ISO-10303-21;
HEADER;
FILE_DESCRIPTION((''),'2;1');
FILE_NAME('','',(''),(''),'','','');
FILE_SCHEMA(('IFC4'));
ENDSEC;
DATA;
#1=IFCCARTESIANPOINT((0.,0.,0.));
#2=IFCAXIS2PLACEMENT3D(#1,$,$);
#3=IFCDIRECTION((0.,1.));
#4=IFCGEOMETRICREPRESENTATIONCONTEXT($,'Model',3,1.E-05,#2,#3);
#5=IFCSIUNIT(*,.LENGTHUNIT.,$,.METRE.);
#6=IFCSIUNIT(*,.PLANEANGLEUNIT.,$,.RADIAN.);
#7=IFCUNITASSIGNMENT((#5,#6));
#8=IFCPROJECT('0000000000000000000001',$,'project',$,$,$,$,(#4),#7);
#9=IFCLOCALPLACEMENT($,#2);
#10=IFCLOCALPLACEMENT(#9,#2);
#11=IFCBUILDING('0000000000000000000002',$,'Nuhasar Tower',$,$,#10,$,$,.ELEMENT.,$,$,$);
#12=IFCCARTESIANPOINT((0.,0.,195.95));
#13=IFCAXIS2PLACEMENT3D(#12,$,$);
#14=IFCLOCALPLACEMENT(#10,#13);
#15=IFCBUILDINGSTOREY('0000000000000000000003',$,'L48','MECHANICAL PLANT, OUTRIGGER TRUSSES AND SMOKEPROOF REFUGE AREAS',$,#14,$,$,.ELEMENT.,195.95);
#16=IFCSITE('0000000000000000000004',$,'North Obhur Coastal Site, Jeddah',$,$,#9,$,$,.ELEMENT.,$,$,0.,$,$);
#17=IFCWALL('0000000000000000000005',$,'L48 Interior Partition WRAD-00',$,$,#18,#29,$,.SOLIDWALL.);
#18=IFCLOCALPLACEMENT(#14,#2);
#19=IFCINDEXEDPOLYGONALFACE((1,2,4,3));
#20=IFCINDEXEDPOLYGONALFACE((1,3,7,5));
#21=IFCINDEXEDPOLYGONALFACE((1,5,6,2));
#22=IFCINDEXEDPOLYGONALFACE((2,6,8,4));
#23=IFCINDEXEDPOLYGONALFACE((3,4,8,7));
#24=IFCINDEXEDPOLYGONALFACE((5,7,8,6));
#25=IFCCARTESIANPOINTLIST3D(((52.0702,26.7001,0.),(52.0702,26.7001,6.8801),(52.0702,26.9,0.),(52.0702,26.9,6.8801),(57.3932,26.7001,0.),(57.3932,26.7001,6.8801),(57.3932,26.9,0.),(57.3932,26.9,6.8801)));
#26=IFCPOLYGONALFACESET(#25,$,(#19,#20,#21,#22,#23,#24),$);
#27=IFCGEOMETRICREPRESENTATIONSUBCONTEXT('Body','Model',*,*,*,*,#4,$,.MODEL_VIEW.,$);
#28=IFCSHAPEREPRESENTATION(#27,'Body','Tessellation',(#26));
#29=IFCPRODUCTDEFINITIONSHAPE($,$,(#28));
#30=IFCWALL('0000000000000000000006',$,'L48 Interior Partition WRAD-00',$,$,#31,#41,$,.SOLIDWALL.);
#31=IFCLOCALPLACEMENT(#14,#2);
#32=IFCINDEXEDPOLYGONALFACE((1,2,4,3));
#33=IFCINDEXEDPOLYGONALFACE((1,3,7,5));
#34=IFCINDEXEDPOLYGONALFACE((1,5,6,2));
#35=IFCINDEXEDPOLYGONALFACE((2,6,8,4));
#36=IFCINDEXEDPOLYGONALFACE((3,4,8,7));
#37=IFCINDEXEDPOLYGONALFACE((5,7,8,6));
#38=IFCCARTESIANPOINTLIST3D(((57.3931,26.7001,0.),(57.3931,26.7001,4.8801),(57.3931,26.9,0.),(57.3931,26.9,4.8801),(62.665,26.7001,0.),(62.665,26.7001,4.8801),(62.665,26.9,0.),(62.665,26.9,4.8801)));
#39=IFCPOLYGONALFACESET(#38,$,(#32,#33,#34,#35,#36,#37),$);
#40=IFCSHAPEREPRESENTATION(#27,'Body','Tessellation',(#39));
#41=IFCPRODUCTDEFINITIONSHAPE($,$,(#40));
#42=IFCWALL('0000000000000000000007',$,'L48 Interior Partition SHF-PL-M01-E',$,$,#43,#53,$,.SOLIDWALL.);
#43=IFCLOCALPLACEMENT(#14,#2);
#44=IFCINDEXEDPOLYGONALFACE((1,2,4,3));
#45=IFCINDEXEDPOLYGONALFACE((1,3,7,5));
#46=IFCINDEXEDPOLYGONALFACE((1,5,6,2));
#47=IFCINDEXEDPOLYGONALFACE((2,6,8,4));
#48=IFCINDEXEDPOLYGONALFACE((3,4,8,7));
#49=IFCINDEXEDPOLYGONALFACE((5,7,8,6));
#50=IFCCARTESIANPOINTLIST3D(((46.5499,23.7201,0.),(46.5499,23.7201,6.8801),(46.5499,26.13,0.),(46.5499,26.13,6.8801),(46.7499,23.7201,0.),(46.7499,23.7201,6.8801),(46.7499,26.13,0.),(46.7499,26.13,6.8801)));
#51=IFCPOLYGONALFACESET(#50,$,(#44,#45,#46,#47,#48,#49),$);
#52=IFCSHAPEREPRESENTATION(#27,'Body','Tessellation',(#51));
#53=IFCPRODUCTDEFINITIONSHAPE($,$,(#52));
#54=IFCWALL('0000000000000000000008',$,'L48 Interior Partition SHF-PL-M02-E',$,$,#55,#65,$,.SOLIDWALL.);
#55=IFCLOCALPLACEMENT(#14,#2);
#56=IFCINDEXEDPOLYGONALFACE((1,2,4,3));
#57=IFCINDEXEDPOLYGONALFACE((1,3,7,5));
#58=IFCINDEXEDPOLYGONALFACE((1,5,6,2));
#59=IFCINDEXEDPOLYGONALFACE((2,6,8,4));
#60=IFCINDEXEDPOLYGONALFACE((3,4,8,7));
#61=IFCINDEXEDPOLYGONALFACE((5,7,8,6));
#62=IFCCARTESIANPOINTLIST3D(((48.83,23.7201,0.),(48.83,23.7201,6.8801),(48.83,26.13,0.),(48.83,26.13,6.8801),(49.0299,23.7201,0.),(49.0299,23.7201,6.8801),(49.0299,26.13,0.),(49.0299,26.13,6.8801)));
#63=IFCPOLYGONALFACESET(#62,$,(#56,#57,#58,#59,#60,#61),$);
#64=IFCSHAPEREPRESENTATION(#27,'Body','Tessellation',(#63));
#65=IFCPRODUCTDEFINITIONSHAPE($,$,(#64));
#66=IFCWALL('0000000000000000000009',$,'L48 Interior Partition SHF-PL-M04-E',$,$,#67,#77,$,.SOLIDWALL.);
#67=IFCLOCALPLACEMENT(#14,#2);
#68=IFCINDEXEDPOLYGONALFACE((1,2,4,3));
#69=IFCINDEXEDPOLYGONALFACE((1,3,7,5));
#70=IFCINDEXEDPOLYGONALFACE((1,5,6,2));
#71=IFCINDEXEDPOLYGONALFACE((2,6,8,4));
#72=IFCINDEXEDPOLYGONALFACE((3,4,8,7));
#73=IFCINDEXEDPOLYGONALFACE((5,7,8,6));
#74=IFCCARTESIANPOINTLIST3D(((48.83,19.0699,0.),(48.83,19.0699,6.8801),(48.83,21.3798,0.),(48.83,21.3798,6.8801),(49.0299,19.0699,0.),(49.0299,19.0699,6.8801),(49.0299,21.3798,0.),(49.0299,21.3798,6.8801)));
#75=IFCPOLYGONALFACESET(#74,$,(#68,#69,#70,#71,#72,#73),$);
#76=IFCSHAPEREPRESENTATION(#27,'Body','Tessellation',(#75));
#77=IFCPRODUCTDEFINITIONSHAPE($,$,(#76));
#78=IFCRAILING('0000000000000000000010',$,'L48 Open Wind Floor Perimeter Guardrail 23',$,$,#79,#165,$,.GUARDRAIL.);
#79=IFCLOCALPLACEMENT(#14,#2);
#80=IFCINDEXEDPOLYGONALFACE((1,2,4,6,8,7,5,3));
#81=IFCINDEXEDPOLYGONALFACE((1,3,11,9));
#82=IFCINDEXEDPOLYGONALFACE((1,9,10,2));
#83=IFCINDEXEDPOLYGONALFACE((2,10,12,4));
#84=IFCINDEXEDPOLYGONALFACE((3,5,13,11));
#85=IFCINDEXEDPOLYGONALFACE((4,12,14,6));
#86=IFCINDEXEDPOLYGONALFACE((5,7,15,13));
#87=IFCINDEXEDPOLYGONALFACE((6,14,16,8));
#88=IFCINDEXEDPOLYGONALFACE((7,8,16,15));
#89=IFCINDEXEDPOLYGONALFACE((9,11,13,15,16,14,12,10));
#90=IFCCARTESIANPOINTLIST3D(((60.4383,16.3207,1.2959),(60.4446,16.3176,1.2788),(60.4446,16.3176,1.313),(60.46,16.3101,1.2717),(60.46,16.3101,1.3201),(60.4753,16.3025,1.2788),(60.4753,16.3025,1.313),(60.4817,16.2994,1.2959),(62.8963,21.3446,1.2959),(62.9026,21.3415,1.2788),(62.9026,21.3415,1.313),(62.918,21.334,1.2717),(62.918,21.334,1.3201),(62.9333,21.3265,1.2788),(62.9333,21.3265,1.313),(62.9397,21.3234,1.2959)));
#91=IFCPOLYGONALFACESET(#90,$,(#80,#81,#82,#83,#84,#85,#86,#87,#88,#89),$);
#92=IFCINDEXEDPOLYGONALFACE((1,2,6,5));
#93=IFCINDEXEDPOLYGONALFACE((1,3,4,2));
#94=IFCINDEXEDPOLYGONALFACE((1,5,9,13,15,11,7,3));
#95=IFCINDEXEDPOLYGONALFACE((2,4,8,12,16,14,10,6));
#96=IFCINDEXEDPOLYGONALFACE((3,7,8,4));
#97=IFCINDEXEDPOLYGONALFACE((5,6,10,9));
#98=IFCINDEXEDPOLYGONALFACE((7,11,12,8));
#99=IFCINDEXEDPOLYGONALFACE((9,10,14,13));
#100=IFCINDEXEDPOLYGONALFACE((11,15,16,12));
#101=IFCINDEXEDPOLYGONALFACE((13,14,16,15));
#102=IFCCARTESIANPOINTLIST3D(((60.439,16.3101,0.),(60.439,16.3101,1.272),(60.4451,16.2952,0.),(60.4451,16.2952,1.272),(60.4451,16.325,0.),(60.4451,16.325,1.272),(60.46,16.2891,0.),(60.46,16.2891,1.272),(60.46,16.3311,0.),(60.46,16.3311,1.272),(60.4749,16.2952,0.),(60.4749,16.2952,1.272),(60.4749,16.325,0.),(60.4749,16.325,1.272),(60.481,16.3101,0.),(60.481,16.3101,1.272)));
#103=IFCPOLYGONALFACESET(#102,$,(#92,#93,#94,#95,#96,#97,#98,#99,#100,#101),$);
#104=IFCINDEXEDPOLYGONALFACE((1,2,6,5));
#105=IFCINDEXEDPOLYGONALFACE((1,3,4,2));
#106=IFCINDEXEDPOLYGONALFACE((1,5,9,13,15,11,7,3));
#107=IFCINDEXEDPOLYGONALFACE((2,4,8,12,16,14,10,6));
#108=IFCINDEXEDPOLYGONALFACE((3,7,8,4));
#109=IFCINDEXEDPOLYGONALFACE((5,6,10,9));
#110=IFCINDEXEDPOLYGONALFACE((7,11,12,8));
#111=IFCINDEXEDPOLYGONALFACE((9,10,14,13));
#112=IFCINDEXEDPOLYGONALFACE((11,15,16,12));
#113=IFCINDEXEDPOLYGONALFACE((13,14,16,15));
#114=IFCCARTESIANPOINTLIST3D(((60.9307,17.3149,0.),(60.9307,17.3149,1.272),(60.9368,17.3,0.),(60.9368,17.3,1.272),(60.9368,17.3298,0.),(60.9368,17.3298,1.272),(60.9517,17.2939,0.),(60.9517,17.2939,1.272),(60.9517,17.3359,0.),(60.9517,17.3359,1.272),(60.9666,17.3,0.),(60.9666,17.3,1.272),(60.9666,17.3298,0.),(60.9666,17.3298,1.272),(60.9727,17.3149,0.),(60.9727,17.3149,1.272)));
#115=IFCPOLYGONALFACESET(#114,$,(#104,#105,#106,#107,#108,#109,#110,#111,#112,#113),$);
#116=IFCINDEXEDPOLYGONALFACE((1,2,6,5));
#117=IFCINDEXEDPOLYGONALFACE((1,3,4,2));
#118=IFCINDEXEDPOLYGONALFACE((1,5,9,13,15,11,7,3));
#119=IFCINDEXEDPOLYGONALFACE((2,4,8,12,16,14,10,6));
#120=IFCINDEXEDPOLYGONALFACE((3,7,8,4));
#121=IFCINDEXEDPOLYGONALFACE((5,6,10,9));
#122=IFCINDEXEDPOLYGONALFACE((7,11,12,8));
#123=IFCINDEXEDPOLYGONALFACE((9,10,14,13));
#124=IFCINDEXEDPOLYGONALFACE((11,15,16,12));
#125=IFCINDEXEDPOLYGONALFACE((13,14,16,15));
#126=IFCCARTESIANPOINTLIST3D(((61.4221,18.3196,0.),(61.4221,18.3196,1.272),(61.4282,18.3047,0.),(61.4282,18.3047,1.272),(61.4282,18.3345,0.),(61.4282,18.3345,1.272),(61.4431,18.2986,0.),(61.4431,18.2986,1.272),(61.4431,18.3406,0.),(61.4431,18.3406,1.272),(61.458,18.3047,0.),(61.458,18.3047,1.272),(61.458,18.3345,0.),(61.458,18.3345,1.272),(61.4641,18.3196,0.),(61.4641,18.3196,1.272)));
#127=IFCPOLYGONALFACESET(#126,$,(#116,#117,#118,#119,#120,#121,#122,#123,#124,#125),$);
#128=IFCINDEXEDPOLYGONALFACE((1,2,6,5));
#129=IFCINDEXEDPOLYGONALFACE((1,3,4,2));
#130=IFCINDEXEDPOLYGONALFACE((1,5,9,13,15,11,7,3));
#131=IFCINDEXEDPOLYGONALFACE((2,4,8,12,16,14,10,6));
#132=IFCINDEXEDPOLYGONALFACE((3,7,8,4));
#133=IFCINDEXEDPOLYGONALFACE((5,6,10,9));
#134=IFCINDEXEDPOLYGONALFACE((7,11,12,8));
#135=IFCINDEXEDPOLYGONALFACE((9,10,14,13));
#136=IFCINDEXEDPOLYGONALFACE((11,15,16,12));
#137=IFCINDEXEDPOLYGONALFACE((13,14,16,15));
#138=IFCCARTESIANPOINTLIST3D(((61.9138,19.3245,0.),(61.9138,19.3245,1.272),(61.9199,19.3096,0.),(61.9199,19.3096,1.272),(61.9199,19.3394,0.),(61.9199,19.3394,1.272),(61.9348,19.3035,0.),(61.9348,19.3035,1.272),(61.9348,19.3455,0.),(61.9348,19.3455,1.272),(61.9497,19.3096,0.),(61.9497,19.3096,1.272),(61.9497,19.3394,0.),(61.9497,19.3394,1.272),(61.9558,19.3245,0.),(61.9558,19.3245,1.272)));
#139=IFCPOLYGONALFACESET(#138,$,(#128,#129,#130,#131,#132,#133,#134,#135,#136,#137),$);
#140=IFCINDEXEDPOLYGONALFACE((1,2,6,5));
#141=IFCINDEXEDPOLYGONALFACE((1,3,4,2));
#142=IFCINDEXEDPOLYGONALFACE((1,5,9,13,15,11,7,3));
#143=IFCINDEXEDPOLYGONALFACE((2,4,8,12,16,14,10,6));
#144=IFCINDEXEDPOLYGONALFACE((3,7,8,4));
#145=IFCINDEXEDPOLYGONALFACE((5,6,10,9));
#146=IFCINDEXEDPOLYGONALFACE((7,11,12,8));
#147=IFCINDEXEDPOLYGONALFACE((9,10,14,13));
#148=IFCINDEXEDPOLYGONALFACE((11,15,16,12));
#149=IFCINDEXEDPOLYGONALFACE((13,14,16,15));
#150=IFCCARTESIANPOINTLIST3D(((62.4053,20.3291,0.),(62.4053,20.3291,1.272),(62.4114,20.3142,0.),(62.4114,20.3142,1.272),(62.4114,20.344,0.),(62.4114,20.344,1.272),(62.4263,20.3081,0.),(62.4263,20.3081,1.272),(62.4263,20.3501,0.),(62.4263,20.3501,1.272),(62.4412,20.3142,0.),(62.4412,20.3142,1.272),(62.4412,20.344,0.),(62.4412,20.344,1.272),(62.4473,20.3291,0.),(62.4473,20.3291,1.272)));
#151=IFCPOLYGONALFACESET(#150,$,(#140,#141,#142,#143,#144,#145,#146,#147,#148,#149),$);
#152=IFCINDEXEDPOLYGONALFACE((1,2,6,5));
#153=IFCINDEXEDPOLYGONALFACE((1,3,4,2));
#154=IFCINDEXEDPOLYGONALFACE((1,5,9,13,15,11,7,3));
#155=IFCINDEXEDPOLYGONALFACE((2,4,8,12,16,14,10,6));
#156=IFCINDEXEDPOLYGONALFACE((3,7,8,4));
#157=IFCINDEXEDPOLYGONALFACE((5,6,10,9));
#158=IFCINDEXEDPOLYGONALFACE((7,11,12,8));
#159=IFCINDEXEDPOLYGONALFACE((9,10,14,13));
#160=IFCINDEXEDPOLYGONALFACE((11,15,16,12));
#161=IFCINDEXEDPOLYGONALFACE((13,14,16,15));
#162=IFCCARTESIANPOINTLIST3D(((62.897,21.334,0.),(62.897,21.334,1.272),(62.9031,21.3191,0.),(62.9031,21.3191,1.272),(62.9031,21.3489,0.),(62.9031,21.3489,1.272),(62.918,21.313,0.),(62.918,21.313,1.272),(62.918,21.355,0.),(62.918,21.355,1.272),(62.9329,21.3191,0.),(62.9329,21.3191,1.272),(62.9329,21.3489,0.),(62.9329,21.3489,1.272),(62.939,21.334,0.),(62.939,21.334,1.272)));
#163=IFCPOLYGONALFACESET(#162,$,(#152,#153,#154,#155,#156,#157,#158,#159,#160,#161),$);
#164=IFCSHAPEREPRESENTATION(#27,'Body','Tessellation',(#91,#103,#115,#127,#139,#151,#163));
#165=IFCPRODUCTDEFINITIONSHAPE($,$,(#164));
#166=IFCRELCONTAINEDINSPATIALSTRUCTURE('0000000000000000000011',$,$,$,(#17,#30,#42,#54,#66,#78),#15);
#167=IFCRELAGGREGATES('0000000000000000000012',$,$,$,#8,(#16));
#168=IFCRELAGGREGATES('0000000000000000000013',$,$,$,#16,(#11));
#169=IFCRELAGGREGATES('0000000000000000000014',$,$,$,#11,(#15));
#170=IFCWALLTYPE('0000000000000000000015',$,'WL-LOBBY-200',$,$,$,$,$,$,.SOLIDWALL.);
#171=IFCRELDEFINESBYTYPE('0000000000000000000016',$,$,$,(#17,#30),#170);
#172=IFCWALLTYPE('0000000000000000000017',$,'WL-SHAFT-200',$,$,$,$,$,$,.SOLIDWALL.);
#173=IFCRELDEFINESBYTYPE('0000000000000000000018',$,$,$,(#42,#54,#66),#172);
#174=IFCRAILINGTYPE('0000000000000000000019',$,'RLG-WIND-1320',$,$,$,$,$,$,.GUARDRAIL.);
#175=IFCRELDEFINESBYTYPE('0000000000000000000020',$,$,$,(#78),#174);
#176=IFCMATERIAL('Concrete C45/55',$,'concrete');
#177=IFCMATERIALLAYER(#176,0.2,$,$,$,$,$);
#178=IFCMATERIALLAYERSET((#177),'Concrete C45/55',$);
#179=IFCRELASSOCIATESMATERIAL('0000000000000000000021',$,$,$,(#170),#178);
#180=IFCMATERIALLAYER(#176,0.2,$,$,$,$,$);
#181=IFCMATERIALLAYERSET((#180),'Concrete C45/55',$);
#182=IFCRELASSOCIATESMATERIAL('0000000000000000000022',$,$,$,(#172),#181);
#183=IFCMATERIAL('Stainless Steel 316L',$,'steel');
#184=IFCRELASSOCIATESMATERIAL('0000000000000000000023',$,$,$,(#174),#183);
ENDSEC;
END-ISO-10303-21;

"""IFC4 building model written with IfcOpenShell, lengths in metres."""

from ifc_helpers import new_model, si_unit, direction, frame, frame_2d, origin, place, context, subcontext, project, spatial, polyline, rectangle, outline, extrude, material, layer, layer_set, type_object, element, save


model = new_model("IFC4")

# Units and contexts
model_context = context("Model", 3, precision=1e-05, world=origin(), true_north=direction((0.0, 1.0)))
body_context = subcontext(model_context, "Body", "Model", "MODEL_VIEW")
ifc_project = project(units=[si_unit("LENGTHUNIT", "METRE"), si_unit("PLANEANGLEUNIT", "RADIAN")], contexts=[model_context])

# Site, building, storey
site_placement = place(None, origin())
site = spatial("IfcSite", under=ifc_project, at=site_placement, Name="North Obhur Coastal Site, Jeddah", CompositionType="ELEMENT", RefElevation=0.0)
building_placement = place(site_placement, origin())
building = spatial("IfcBuilding", under=site, at=building_placement, Name="Nuhasar Tower", CompositionType="ELEMENT")
storey_placement = place(building_placement, frame((0.0, 0.0, 195.95)))
storey = spatial("IfcBuildingStorey", under=building, at=storey_placement, Name="L48", Description="MECHANICAL PLANT, OUTRIGGER TRUSSES AND SMOKEPROOF REFUGE AREAS", CompositionType="ELEMENT", Elevation=195.95)

# Shared definitions
ifc_material_1 = material(Name="Concrete C45/55", Category="concrete")
ifc_layer_1 = layer(ifc_material_1, 0.2)
ifc_layer_set_1 = layer_set([ifc_layer_1], Name="Concrete C45/55")
wall_type_1 = type_object("IfcWallType", Name="WL-LOBBY-200", PredefinedType="SOLIDWALL", material=ifc_layer_set_1)

# Walls
wall_1_placement = place(storey_placement, frame((52.0701, 26.8, 0.0), z_axis=(0.0, 0.0, 1.0), x_axis=(1.0, 0.0, 0.0)))
element("IfcWall", 1, at=wall_1_placement, inside=storey, type_object=wall_type_1, Name="L48 Interior Partition WRAD-00", PredefinedType="SOLIDWALL", context=body_context, shape_type="SweptSolid", body=[
    extrude(rectangle(XDim=5.323, YDim=0.2, at=frame_2d((2.6616, 0.0))), origin(), (0.0, 0.0, 1.0), 6.8801),
])
wall_2_placement = place(storey_placement, frame((57.3931, 26.8, 0.0), z_axis=(0.0, 0.0, 1.0), x_axis=(1.0, 0.0, 0.0)))
element("IfcWall", 2, at=wall_2_placement, inside=storey, type_object=wall_type_1, Name="L48 Interior Partition WRAD-00", PredefinedType="SOLIDWALL", context=body_context, shape_type="SweptSolid", body=[
    extrude(rectangle(XDim=5.272, YDim=0.2, at=frame_2d((2.636, 0.0))), origin(), (0.0, 0.0, 1.0), 4.8801),
])
ifc_layer_2 = layer(ifc_material_1, 0.2)
ifc_layer_set_2 = layer_set([ifc_layer_2], Name="Concrete C45/55")
wall_type_2 = type_object("IfcWallType", Name="WL-SHAFT-200", PredefinedType="SOLIDWALL", material=ifc_layer_set_2)
for number, where, z_axis, x_axis, name in (
    (3, (46.6499, 23.72, 0.0), (0.0, 0.0, 1.0), (0.0, 1.0, 0.0), "L48 Interior Partition SHF-PL-M01-E"),
    (4, (48.9299, 23.72, 0.0), (0.0, 0.0, 1.0), (0.0, 1.0, 0.0), "L48 Interior Partition SHF-PL-M02-E"),
):
    element("IfcWall", number, at=place(storey_placement, frame(where, z_axis=z_axis, x_axis=x_axis)), inside=storey, type_object=wall_type_2, Name=name, PredefinedType="SOLIDWALL", context=body_context, shape_type="SweptSolid", body=[
        extrude(rectangle(XDim=2.4099, YDim=0.2, at=frame_2d((1.2051, 0.0))), origin(), (0.0, 0.0, 1.0), 6.8801),
    ])
wall_3_placement = place(storey_placement, frame((48.9299, 19.0701, 0.0), z_axis=(0.0, 0.0, 1.0), x_axis=(0.0, 1.0, 0.0)))
element("IfcWall", 5, at=wall_3_placement, inside=storey, type_object=wall_type_2, Name="L48 Interior Partition SHF-PL-M04-E", PredefinedType="SOLIDWALL", context=body_context, shape_type="SweptSolid", body=[
    extrude(rectangle(XDim=2.3098, YDim=0.2, at=frame_2d((1.1548, 0.0))), origin(), (0.0, 0.0, 1.0), 6.8801),
])

# Railing
ifc_material_2 = material(Name="Stainless Steel 316L", Category="steel")
railing_type = type_object("IfcRailingType", Name="RLG-WIND-1320", PredefinedType="GUARDRAIL", material=ifc_material_2)
railing_1_placement = place(storey_placement, frame((60.46, 16.3101, 0.0)))
element("IfcRailing", 6, at=railing_1_placement, inside=storey, type_object=railing_type, Name="L48 Open Wind Floor Perimeter Guardrail 23", PredefinedType="GUARDRAIL", context=body_context, shape_type="SweptSolid", body=[
    extrude(outline(polyline([(0.0242, 0.0), (0.0171, 0.0171), (0.0, 0.0242), (-0.0171, 0.0171), (-0.0242, 0.0), (-0.0171, -0.0171), (0.0, -0.0242), (0.0171, -0.0171), (0.0242, 0.0)])), frame((0.0, 0.0, 1.2959), z_axis=(0.439479, 0.898253, 0.0), x_axis=(-0.898253, 0.439479, 0.0)), (0.0, 0.0, 1.0), 5.593),
    extrude(outline(polyline([(0.021, 0.0), (0.0149, 0.0149), (0.0, 0.021), (-0.0149, 0.0149), (-0.021, 0.0), (-0.0149, -0.0149), (0.0, -0.021), (0.0149, -0.0149), (0.021, 0.0)])), origin(), (0.0, 0.0, 1.0), 1.272),
    extrude(outline(polyline([(0.021, 0.0), (0.0149, 0.0149), (0.0, 0.021), (-0.0149, 0.0149), (-0.021, 0.0), (-0.0149, -0.0149), (0.0, -0.021), (0.0149, -0.0149), (0.021, 0.0)])), frame((0.4917, 1.0049, 0.0)), (0.0, 0.0, 1.0), 1.272),
    extrude(outline(polyline([(0.021, 0.0), (0.0149, 0.0149), (0.0, 0.021), (-0.0149, 0.0149), (-0.021, 0.0), (-0.0149, -0.0149), (0.0, -0.021), (0.0149, -0.0149), (0.021, 0.0)])), frame((0.9832, 2.0095, 0.0)), (0.0, 0.0, 1.0), 1.272),
    extrude(outline(polyline([(0.021, 0.0), (0.0149, 0.0149), (0.0, 0.021), (-0.0149, 0.0149), (-0.021, 0.0), (-0.0149, -0.0149), (0.0, -0.021), (0.0149, -0.0149), (0.021, 0.0)])), frame((1.4749, 3.0144, 0.0)), (0.0, 0.0, 1.0), 1.272),
    extrude(outline(polyline([(0.021, 0.0), (0.0149, 0.0149), (0.0, 0.021), (-0.0149, 0.0149), (-0.021, 0.0), (-0.0149, -0.0149), (0.0, -0.021), (0.0149, -0.0149), (0.021, 0.0)])), frame((1.9663, 4.019, 0.0)), (0.0, 0.0, 1.0), 1.272),
    extrude(outline(polyline([(0.021, 0.0), (0.0149, 0.0149), (0.0, 0.021), (-0.0149, 0.0149), (-0.021, 0.0), (-0.0149, -0.0149), (0.0, -0.021), (0.0149, -0.0149), (0.021, 0.0)])), frame((2.458, 5.0239, 0.0)), (0.0, 0.0, 1.0), 1.272),
])

save(model, "model.ifc")
